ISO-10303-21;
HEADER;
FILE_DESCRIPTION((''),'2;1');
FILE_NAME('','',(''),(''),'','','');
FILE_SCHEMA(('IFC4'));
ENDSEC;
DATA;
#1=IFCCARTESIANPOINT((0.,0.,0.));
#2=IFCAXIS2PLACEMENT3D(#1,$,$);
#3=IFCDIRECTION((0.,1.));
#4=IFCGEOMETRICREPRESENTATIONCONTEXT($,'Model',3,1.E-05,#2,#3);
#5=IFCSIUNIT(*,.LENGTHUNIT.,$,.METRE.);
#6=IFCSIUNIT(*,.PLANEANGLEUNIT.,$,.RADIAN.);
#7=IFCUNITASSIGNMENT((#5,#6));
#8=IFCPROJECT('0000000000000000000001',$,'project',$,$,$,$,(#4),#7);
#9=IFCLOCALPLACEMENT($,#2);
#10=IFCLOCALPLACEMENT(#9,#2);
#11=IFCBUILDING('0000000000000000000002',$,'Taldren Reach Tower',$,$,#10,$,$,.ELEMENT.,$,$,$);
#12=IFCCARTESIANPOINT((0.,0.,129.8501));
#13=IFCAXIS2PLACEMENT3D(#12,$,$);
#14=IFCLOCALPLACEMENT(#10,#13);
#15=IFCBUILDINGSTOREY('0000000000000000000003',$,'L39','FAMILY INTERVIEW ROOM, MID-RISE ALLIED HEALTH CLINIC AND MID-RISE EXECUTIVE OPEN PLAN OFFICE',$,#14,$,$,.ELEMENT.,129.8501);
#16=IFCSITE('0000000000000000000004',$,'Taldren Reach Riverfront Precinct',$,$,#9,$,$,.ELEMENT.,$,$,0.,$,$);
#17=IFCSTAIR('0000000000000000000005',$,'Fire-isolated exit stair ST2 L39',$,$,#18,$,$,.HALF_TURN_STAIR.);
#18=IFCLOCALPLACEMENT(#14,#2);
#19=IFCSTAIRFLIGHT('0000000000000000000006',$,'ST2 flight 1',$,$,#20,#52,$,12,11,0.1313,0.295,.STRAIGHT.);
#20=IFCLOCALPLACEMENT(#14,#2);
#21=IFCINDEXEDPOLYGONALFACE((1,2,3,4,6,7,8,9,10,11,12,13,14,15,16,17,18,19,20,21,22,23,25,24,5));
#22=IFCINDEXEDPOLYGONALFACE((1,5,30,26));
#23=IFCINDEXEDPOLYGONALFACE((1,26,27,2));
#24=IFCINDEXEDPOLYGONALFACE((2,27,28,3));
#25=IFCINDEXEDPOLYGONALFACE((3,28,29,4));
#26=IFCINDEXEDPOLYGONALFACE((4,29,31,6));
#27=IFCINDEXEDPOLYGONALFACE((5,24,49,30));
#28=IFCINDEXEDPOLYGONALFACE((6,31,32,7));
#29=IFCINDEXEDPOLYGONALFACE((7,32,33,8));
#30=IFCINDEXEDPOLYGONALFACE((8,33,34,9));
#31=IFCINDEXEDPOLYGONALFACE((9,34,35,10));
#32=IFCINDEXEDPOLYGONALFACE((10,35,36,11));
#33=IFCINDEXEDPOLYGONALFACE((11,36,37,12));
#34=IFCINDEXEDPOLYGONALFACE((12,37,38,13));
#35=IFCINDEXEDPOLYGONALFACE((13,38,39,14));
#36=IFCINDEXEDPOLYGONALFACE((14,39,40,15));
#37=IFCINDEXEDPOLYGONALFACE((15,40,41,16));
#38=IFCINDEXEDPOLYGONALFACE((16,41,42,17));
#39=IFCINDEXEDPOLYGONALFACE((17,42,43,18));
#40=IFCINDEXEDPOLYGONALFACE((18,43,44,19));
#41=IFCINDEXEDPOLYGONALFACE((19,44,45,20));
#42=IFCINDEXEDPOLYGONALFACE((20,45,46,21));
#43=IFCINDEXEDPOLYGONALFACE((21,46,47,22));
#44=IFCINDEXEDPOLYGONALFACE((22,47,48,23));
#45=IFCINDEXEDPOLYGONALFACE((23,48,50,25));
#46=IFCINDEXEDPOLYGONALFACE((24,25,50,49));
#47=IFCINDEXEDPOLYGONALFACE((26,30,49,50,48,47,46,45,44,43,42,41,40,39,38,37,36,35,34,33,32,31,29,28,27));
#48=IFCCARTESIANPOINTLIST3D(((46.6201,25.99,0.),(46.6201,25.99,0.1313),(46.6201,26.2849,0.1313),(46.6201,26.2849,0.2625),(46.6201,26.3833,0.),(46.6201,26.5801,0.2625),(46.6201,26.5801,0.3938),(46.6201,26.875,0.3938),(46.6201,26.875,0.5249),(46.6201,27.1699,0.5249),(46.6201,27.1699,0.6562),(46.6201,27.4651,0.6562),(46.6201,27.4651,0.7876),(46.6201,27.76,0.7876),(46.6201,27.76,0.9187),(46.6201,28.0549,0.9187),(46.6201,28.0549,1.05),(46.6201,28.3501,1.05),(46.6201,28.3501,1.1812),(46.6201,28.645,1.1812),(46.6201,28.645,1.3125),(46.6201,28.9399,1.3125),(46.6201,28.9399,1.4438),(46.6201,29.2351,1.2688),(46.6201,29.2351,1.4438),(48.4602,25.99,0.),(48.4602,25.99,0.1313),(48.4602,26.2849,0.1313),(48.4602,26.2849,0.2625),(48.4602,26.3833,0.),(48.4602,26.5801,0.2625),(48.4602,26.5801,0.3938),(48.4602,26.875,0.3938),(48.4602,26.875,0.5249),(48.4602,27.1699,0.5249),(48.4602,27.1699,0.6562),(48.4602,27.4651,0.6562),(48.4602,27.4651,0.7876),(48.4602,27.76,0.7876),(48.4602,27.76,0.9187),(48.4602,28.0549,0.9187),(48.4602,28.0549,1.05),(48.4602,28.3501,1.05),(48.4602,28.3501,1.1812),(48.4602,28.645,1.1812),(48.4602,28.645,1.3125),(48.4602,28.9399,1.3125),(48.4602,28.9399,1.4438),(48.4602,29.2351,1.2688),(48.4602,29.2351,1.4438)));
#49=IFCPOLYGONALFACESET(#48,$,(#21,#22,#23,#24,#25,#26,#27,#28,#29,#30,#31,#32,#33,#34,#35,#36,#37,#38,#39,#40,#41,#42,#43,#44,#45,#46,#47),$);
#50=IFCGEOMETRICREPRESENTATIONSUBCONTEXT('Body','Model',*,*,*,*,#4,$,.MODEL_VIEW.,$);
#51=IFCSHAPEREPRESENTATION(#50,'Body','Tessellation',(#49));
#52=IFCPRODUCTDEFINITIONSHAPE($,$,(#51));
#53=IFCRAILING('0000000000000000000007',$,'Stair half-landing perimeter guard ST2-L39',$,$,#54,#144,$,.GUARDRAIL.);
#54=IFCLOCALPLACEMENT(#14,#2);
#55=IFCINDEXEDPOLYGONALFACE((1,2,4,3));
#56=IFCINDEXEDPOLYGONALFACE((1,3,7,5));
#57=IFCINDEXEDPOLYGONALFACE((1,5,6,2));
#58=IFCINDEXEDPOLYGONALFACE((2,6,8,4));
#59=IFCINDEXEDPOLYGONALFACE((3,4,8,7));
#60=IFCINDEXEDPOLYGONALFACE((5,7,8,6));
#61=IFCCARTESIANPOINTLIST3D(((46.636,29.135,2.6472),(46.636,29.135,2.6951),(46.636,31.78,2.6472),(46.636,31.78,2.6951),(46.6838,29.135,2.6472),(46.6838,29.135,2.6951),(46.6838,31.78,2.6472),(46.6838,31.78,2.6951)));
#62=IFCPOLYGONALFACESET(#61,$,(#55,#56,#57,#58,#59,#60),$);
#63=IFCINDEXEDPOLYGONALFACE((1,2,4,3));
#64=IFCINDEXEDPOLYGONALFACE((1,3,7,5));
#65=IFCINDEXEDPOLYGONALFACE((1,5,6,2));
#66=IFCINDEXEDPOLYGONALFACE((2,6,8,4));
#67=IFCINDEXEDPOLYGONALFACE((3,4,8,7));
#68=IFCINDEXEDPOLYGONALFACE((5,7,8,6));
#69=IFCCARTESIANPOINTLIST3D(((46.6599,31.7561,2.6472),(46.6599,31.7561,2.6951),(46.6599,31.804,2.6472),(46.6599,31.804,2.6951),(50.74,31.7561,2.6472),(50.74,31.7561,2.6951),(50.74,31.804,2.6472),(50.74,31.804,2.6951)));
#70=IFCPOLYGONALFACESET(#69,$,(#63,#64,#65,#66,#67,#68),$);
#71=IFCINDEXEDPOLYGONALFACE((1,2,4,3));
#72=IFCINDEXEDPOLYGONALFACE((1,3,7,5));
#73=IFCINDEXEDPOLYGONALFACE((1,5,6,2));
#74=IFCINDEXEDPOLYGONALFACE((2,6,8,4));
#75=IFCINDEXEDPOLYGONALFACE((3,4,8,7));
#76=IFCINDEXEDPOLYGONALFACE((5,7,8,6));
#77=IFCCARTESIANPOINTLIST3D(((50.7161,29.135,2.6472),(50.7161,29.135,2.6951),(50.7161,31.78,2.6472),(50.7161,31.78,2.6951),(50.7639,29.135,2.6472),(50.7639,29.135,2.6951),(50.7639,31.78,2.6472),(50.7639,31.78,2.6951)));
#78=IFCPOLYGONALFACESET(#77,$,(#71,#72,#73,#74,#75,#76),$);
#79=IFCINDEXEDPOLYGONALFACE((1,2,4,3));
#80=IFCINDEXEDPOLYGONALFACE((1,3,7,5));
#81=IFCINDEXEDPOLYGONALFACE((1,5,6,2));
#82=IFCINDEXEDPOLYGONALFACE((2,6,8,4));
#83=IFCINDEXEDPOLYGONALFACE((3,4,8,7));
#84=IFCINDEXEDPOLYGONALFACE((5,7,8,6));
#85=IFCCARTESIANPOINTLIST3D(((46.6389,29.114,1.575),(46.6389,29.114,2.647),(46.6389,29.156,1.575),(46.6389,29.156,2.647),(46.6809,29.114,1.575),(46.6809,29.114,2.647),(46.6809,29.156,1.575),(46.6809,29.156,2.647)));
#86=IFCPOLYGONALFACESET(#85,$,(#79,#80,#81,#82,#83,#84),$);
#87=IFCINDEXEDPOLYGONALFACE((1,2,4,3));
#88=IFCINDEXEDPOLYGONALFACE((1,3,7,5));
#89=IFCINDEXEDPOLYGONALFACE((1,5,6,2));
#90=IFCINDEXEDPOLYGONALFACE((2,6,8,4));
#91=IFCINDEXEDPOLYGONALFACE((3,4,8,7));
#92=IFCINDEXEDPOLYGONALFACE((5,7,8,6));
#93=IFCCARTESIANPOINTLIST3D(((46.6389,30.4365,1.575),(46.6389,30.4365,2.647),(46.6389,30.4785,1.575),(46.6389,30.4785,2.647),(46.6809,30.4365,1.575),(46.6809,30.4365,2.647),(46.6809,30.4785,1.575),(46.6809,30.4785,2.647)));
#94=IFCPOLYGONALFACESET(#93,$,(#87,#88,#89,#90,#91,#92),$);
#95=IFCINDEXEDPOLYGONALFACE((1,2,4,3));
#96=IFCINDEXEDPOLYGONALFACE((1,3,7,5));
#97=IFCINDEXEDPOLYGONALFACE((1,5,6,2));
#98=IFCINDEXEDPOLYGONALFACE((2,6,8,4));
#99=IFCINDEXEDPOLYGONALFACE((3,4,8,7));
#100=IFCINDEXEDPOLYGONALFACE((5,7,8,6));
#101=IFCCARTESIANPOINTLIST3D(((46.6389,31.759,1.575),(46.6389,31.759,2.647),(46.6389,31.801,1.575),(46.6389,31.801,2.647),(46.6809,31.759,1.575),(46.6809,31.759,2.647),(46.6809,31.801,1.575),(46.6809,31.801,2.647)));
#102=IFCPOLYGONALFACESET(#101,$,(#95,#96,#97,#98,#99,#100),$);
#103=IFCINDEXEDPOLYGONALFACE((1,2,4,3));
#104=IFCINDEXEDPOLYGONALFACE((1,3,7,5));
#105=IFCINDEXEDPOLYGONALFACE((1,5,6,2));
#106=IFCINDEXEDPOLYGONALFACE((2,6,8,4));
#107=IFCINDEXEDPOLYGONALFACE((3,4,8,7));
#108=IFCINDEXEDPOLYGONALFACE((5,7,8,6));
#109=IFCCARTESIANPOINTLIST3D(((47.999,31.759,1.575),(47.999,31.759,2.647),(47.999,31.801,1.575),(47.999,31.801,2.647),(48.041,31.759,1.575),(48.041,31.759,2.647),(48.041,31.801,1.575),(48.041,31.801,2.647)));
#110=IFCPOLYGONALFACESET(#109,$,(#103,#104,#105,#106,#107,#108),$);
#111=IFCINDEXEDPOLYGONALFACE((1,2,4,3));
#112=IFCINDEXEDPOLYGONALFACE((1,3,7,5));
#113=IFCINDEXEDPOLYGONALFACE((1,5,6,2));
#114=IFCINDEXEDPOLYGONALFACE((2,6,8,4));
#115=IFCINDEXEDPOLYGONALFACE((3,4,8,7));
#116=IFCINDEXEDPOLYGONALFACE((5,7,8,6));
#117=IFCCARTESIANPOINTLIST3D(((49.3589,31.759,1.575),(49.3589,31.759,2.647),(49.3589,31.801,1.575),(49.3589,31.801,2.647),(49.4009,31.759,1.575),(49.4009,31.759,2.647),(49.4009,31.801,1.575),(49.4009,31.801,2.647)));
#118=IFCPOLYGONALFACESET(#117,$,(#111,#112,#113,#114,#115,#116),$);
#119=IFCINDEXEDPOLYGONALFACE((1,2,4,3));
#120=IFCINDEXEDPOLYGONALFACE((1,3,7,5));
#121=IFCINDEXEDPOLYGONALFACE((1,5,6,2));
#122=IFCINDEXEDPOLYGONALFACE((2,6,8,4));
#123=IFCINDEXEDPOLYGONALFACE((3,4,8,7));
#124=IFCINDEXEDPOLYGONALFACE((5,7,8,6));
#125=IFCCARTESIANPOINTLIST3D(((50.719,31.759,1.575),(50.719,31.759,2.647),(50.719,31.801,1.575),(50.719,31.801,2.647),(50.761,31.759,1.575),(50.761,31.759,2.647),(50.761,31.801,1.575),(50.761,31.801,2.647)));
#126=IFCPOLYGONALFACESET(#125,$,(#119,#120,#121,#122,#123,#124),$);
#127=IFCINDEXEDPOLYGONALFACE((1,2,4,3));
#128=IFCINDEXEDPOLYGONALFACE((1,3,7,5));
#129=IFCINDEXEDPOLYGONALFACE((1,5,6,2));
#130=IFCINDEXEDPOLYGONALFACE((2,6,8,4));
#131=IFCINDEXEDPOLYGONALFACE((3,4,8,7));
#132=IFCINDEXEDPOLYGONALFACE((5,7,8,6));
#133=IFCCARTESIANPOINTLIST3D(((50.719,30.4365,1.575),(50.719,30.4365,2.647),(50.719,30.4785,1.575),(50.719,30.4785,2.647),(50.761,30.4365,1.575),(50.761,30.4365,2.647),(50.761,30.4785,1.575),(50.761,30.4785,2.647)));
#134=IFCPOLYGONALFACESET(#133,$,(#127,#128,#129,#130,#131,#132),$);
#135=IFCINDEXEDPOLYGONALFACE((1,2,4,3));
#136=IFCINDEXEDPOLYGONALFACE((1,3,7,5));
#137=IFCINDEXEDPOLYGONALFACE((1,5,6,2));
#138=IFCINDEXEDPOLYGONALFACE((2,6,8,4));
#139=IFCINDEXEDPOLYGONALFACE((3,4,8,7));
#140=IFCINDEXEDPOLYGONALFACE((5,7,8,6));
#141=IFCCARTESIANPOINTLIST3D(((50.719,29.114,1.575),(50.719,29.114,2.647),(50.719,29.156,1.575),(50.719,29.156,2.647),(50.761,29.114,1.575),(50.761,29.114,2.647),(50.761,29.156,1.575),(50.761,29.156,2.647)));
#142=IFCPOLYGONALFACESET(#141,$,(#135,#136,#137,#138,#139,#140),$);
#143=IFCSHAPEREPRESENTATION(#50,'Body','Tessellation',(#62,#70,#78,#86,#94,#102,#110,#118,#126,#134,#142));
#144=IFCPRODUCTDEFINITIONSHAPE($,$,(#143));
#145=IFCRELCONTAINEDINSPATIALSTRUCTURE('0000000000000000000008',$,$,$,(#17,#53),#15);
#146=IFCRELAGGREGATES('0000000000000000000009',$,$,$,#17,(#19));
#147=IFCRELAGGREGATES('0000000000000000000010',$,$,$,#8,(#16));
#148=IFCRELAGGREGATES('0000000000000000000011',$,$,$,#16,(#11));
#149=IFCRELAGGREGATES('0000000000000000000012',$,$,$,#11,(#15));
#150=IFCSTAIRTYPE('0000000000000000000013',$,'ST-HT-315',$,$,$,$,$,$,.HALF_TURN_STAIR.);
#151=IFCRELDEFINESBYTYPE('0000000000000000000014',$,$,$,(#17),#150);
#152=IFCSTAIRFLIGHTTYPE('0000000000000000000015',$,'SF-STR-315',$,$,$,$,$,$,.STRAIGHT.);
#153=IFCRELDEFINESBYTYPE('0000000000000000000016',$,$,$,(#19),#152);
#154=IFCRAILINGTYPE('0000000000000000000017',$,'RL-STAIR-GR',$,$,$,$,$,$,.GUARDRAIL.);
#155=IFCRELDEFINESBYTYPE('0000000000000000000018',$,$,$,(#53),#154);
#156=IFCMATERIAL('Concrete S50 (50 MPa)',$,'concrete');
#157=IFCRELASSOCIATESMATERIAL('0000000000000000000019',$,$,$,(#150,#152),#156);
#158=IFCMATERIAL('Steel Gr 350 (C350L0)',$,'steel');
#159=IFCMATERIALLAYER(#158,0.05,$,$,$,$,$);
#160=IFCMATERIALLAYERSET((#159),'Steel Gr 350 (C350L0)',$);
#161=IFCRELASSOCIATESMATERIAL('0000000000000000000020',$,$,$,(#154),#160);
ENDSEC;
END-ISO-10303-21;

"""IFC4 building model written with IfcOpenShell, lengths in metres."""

from ifc_helpers import new_model, si_unit, direction, frame, origin, origin_2d, place, context, subcontext, project, spatial, polyline, rectangle, outline, extrude, material, layer, layer_set, type_object, element, aggregate, save


model = new_model("IFC4")

# Units and contexts
model_context = context("Model", 3, precision=1e-05, world=origin(), true_north=direction((0.0, 1.0)))
body_context = subcontext(model_context, "Body", "Model", "MODEL_VIEW")
ifc_project = project(units=[si_unit("LENGTHUNIT", "METRE"), si_unit("PLANEANGLEUNIT", "RADIAN")], contexts=[model_context])

# Site, building, storey
site_placement = place(None, origin())
site = spatial("IfcSite", under=ifc_project, at=site_placement, Name="Taldren Reach Riverfront Precinct", CompositionType="ELEMENT", RefElevation=0.0)
building_placement = place(site_placement, origin())
building = spatial("IfcBuilding", under=site, at=building_placement, Name="Taldren Reach Tower", CompositionType="ELEMENT")
storey_placement = place(building_placement, frame((0.0, 0.0, 129.8501)))
storey = spatial("IfcBuildingStorey", under=building, at=storey_placement, Name="L39", Description="FAMILY INTERVIEW ROOM, MID-RISE ALLIED HEALTH CLINIC AND MID-RISE EXECUTIVE OPEN PLAN OFFICE", CompositionType="ELEMENT", Elevation=129.8501)

# Shared definitions
ifc_material_1 = material(Name="Steel Gr 350 (C350L0)", Category="steel")

# Shared definitions
ifc_material_2 = material(Name="Concrete S50 (50 MPa)", Category="concrete")

# Stair, stair flight
stair_type = type_object("IfcStairType", Name="ST-HT-315", PredefinedType="HALF_TURN_STAIR", material=ifc_material_2)
stair_placement = place(storey_placement, origin())
stair = element("IfcStair", 1, at=stair_placement, inside=storey, type_object=stair_type, Name="Fire-isolated exit stair ST2 L39", PredefinedType="HALF_TURN_STAIR")
stair_flight_type = type_object("IfcStairFlightType", Name="SF-STR-315", PredefinedType="STRAIGHT", material=ifc_material_2)
stair_flight_placement = place(storey_placement, frame((47.54, 25.99, 0.0), z_axis=(0.0, 0.0, 1.0), x_axis=(0.0, 1.0, 0.0)))
stair_flight = element("IfcStairFlight", 2, at=stair_flight_placement, type_object=stair_flight_type, Name="ST2 flight 1", NumberOfRisers=12, NumberOfTreads=11, PredefinedType="STRAIGHT", RiserHeight=0.1313, TreadLength=0.295, context=body_context, shape_type="SweptSolid", body=[
    extrude(outline(polyline([(0.0, 0.0), (0.0, 0.1313), (0.2949, 0.1313), (0.2949, 0.2625), (0.5901, 0.2625), (0.5901, 0.3938), (0.885, 0.3938), (0.885, 0.5249), (1.1799, 0.5249), (1.1799, 0.6562), (1.4751, 0.6562), (1.4751, 0.7876), (1.77, 0.7876), (1.77, 0.9187), (2.0649, 0.9187), (2.0649, 1.05), (2.3601, 1.05), (2.3601, 1.1812), (2.655, 1.1812), (2.655, 1.3125), (2.95, 1.3125), (2.95, 1.4438), (3.2451, 1.4438), (3.2451, 1.575), (3.2451, 1.2688), (0.3933, 0.0), (0.0, 0.0)])), frame((0.0, 0.9199, 0.0), z_axis=(0.0, -1.0, 0.0), x_axis=(1.0, 0.0, 0.0)), (0.0, 0.0, 1.0), 1.8401),
])
aggregate(stair, [stair_flight])

# Railing
ifc_layer_1 = layer(ifc_material_1, 0.05)
ifc_layer_set_1 = layer_set([ifc_layer_1], Name="Steel Gr 350 (C350L0)")
railing_type_1 = type_object("IfcRailingType", Name="RL-STAIR-GR", PredefinedType="GUARDRAIL", material=ifc_layer_set_1)
railing_1_placement = place(storey_placement, frame((46.6599, 29.135, 1.575)))
element("IfcRailing", 3, at=railing_1_placement, inside=storey, type_object=railing_type_1, Name="Stair half-landing perimeter guard ST2-L39", PredefinedType="GUARDRAIL", context=body_context, shape_type="SweptSolid", body=[
    extrude(rectangle(XDim=0.0479, YDim=0.0479, at=origin_2d()), frame((0.0, 0.0, 1.0962), z_axis=(0.0, 1.0, 0.0), x_axis=(-1.0, 0.0, 0.0)), (0.0, 0.0, 1.0), 2.645),
    extrude(rectangle(XDim=0.0479, YDim=0.0479, at=origin_2d()), frame((0.0, 2.645, 1.0962), z_axis=(1.0, 0.0, 0.0), x_axis=(0.0, 1.0, 0.0)), (0.0, 0.0, 1.0), 4.0801),
    extrude(rectangle(XDim=0.0479, YDim=0.0479, at=origin_2d()), frame((4.0801, 2.645, 1.0962), z_axis=(0.0, -1.0, 0.0), x_axis=(1.0, 0.0, 0.0)), (0.0, 0.0, 1.0), 2.645),
    extrude(rectangle(XDim=0.042, YDim=0.042, at=origin_2d()), origin(), (0.0, 0.0, 1.0), 1.072),
    extrude(rectangle(XDim=0.042, YDim=0.042, at=origin_2d()), frame((0.0, 1.3225, 0.0)), (0.0, 0.0, 1.0), 1.072),
    extrude(rectangle(XDim=0.042, YDim=0.042, at=origin_2d()), frame((0.0, 2.645, 0.0)), (0.0, 0.0, 1.0), 1.072),
    extrude(rectangle(XDim=0.042, YDim=0.042, at=origin_2d()), frame((1.3601, 2.645, 0.0)), (0.0, 0.0, 1.0), 1.072),
    extrude(rectangle(XDim=0.042, YDim=0.042, at=origin_2d()), frame((2.72, 2.645, 0.0)), (0.0, 0.0, 1.0), 1.072),
    extrude(rectangle(XDim=0.042, YDim=0.042, at=origin_2d()), frame((4.0801, 2.645, 0.0)), (0.0, 0.0, 1.0), 1.072),
    extrude(rectangle(XDim=0.042, YDim=0.042, at=origin_2d()), frame((4.0801, 1.3225, 0.0)), (0.0, 0.0, 1.0), 1.072),
    extrude(rectangle(XDim=0.042, YDim=0.042, at=origin_2d()), frame((4.0801, 0.0, 0.0)), (0.0, 0.0, 1.0), 1.072),
])

save(model, "model.ifc")
